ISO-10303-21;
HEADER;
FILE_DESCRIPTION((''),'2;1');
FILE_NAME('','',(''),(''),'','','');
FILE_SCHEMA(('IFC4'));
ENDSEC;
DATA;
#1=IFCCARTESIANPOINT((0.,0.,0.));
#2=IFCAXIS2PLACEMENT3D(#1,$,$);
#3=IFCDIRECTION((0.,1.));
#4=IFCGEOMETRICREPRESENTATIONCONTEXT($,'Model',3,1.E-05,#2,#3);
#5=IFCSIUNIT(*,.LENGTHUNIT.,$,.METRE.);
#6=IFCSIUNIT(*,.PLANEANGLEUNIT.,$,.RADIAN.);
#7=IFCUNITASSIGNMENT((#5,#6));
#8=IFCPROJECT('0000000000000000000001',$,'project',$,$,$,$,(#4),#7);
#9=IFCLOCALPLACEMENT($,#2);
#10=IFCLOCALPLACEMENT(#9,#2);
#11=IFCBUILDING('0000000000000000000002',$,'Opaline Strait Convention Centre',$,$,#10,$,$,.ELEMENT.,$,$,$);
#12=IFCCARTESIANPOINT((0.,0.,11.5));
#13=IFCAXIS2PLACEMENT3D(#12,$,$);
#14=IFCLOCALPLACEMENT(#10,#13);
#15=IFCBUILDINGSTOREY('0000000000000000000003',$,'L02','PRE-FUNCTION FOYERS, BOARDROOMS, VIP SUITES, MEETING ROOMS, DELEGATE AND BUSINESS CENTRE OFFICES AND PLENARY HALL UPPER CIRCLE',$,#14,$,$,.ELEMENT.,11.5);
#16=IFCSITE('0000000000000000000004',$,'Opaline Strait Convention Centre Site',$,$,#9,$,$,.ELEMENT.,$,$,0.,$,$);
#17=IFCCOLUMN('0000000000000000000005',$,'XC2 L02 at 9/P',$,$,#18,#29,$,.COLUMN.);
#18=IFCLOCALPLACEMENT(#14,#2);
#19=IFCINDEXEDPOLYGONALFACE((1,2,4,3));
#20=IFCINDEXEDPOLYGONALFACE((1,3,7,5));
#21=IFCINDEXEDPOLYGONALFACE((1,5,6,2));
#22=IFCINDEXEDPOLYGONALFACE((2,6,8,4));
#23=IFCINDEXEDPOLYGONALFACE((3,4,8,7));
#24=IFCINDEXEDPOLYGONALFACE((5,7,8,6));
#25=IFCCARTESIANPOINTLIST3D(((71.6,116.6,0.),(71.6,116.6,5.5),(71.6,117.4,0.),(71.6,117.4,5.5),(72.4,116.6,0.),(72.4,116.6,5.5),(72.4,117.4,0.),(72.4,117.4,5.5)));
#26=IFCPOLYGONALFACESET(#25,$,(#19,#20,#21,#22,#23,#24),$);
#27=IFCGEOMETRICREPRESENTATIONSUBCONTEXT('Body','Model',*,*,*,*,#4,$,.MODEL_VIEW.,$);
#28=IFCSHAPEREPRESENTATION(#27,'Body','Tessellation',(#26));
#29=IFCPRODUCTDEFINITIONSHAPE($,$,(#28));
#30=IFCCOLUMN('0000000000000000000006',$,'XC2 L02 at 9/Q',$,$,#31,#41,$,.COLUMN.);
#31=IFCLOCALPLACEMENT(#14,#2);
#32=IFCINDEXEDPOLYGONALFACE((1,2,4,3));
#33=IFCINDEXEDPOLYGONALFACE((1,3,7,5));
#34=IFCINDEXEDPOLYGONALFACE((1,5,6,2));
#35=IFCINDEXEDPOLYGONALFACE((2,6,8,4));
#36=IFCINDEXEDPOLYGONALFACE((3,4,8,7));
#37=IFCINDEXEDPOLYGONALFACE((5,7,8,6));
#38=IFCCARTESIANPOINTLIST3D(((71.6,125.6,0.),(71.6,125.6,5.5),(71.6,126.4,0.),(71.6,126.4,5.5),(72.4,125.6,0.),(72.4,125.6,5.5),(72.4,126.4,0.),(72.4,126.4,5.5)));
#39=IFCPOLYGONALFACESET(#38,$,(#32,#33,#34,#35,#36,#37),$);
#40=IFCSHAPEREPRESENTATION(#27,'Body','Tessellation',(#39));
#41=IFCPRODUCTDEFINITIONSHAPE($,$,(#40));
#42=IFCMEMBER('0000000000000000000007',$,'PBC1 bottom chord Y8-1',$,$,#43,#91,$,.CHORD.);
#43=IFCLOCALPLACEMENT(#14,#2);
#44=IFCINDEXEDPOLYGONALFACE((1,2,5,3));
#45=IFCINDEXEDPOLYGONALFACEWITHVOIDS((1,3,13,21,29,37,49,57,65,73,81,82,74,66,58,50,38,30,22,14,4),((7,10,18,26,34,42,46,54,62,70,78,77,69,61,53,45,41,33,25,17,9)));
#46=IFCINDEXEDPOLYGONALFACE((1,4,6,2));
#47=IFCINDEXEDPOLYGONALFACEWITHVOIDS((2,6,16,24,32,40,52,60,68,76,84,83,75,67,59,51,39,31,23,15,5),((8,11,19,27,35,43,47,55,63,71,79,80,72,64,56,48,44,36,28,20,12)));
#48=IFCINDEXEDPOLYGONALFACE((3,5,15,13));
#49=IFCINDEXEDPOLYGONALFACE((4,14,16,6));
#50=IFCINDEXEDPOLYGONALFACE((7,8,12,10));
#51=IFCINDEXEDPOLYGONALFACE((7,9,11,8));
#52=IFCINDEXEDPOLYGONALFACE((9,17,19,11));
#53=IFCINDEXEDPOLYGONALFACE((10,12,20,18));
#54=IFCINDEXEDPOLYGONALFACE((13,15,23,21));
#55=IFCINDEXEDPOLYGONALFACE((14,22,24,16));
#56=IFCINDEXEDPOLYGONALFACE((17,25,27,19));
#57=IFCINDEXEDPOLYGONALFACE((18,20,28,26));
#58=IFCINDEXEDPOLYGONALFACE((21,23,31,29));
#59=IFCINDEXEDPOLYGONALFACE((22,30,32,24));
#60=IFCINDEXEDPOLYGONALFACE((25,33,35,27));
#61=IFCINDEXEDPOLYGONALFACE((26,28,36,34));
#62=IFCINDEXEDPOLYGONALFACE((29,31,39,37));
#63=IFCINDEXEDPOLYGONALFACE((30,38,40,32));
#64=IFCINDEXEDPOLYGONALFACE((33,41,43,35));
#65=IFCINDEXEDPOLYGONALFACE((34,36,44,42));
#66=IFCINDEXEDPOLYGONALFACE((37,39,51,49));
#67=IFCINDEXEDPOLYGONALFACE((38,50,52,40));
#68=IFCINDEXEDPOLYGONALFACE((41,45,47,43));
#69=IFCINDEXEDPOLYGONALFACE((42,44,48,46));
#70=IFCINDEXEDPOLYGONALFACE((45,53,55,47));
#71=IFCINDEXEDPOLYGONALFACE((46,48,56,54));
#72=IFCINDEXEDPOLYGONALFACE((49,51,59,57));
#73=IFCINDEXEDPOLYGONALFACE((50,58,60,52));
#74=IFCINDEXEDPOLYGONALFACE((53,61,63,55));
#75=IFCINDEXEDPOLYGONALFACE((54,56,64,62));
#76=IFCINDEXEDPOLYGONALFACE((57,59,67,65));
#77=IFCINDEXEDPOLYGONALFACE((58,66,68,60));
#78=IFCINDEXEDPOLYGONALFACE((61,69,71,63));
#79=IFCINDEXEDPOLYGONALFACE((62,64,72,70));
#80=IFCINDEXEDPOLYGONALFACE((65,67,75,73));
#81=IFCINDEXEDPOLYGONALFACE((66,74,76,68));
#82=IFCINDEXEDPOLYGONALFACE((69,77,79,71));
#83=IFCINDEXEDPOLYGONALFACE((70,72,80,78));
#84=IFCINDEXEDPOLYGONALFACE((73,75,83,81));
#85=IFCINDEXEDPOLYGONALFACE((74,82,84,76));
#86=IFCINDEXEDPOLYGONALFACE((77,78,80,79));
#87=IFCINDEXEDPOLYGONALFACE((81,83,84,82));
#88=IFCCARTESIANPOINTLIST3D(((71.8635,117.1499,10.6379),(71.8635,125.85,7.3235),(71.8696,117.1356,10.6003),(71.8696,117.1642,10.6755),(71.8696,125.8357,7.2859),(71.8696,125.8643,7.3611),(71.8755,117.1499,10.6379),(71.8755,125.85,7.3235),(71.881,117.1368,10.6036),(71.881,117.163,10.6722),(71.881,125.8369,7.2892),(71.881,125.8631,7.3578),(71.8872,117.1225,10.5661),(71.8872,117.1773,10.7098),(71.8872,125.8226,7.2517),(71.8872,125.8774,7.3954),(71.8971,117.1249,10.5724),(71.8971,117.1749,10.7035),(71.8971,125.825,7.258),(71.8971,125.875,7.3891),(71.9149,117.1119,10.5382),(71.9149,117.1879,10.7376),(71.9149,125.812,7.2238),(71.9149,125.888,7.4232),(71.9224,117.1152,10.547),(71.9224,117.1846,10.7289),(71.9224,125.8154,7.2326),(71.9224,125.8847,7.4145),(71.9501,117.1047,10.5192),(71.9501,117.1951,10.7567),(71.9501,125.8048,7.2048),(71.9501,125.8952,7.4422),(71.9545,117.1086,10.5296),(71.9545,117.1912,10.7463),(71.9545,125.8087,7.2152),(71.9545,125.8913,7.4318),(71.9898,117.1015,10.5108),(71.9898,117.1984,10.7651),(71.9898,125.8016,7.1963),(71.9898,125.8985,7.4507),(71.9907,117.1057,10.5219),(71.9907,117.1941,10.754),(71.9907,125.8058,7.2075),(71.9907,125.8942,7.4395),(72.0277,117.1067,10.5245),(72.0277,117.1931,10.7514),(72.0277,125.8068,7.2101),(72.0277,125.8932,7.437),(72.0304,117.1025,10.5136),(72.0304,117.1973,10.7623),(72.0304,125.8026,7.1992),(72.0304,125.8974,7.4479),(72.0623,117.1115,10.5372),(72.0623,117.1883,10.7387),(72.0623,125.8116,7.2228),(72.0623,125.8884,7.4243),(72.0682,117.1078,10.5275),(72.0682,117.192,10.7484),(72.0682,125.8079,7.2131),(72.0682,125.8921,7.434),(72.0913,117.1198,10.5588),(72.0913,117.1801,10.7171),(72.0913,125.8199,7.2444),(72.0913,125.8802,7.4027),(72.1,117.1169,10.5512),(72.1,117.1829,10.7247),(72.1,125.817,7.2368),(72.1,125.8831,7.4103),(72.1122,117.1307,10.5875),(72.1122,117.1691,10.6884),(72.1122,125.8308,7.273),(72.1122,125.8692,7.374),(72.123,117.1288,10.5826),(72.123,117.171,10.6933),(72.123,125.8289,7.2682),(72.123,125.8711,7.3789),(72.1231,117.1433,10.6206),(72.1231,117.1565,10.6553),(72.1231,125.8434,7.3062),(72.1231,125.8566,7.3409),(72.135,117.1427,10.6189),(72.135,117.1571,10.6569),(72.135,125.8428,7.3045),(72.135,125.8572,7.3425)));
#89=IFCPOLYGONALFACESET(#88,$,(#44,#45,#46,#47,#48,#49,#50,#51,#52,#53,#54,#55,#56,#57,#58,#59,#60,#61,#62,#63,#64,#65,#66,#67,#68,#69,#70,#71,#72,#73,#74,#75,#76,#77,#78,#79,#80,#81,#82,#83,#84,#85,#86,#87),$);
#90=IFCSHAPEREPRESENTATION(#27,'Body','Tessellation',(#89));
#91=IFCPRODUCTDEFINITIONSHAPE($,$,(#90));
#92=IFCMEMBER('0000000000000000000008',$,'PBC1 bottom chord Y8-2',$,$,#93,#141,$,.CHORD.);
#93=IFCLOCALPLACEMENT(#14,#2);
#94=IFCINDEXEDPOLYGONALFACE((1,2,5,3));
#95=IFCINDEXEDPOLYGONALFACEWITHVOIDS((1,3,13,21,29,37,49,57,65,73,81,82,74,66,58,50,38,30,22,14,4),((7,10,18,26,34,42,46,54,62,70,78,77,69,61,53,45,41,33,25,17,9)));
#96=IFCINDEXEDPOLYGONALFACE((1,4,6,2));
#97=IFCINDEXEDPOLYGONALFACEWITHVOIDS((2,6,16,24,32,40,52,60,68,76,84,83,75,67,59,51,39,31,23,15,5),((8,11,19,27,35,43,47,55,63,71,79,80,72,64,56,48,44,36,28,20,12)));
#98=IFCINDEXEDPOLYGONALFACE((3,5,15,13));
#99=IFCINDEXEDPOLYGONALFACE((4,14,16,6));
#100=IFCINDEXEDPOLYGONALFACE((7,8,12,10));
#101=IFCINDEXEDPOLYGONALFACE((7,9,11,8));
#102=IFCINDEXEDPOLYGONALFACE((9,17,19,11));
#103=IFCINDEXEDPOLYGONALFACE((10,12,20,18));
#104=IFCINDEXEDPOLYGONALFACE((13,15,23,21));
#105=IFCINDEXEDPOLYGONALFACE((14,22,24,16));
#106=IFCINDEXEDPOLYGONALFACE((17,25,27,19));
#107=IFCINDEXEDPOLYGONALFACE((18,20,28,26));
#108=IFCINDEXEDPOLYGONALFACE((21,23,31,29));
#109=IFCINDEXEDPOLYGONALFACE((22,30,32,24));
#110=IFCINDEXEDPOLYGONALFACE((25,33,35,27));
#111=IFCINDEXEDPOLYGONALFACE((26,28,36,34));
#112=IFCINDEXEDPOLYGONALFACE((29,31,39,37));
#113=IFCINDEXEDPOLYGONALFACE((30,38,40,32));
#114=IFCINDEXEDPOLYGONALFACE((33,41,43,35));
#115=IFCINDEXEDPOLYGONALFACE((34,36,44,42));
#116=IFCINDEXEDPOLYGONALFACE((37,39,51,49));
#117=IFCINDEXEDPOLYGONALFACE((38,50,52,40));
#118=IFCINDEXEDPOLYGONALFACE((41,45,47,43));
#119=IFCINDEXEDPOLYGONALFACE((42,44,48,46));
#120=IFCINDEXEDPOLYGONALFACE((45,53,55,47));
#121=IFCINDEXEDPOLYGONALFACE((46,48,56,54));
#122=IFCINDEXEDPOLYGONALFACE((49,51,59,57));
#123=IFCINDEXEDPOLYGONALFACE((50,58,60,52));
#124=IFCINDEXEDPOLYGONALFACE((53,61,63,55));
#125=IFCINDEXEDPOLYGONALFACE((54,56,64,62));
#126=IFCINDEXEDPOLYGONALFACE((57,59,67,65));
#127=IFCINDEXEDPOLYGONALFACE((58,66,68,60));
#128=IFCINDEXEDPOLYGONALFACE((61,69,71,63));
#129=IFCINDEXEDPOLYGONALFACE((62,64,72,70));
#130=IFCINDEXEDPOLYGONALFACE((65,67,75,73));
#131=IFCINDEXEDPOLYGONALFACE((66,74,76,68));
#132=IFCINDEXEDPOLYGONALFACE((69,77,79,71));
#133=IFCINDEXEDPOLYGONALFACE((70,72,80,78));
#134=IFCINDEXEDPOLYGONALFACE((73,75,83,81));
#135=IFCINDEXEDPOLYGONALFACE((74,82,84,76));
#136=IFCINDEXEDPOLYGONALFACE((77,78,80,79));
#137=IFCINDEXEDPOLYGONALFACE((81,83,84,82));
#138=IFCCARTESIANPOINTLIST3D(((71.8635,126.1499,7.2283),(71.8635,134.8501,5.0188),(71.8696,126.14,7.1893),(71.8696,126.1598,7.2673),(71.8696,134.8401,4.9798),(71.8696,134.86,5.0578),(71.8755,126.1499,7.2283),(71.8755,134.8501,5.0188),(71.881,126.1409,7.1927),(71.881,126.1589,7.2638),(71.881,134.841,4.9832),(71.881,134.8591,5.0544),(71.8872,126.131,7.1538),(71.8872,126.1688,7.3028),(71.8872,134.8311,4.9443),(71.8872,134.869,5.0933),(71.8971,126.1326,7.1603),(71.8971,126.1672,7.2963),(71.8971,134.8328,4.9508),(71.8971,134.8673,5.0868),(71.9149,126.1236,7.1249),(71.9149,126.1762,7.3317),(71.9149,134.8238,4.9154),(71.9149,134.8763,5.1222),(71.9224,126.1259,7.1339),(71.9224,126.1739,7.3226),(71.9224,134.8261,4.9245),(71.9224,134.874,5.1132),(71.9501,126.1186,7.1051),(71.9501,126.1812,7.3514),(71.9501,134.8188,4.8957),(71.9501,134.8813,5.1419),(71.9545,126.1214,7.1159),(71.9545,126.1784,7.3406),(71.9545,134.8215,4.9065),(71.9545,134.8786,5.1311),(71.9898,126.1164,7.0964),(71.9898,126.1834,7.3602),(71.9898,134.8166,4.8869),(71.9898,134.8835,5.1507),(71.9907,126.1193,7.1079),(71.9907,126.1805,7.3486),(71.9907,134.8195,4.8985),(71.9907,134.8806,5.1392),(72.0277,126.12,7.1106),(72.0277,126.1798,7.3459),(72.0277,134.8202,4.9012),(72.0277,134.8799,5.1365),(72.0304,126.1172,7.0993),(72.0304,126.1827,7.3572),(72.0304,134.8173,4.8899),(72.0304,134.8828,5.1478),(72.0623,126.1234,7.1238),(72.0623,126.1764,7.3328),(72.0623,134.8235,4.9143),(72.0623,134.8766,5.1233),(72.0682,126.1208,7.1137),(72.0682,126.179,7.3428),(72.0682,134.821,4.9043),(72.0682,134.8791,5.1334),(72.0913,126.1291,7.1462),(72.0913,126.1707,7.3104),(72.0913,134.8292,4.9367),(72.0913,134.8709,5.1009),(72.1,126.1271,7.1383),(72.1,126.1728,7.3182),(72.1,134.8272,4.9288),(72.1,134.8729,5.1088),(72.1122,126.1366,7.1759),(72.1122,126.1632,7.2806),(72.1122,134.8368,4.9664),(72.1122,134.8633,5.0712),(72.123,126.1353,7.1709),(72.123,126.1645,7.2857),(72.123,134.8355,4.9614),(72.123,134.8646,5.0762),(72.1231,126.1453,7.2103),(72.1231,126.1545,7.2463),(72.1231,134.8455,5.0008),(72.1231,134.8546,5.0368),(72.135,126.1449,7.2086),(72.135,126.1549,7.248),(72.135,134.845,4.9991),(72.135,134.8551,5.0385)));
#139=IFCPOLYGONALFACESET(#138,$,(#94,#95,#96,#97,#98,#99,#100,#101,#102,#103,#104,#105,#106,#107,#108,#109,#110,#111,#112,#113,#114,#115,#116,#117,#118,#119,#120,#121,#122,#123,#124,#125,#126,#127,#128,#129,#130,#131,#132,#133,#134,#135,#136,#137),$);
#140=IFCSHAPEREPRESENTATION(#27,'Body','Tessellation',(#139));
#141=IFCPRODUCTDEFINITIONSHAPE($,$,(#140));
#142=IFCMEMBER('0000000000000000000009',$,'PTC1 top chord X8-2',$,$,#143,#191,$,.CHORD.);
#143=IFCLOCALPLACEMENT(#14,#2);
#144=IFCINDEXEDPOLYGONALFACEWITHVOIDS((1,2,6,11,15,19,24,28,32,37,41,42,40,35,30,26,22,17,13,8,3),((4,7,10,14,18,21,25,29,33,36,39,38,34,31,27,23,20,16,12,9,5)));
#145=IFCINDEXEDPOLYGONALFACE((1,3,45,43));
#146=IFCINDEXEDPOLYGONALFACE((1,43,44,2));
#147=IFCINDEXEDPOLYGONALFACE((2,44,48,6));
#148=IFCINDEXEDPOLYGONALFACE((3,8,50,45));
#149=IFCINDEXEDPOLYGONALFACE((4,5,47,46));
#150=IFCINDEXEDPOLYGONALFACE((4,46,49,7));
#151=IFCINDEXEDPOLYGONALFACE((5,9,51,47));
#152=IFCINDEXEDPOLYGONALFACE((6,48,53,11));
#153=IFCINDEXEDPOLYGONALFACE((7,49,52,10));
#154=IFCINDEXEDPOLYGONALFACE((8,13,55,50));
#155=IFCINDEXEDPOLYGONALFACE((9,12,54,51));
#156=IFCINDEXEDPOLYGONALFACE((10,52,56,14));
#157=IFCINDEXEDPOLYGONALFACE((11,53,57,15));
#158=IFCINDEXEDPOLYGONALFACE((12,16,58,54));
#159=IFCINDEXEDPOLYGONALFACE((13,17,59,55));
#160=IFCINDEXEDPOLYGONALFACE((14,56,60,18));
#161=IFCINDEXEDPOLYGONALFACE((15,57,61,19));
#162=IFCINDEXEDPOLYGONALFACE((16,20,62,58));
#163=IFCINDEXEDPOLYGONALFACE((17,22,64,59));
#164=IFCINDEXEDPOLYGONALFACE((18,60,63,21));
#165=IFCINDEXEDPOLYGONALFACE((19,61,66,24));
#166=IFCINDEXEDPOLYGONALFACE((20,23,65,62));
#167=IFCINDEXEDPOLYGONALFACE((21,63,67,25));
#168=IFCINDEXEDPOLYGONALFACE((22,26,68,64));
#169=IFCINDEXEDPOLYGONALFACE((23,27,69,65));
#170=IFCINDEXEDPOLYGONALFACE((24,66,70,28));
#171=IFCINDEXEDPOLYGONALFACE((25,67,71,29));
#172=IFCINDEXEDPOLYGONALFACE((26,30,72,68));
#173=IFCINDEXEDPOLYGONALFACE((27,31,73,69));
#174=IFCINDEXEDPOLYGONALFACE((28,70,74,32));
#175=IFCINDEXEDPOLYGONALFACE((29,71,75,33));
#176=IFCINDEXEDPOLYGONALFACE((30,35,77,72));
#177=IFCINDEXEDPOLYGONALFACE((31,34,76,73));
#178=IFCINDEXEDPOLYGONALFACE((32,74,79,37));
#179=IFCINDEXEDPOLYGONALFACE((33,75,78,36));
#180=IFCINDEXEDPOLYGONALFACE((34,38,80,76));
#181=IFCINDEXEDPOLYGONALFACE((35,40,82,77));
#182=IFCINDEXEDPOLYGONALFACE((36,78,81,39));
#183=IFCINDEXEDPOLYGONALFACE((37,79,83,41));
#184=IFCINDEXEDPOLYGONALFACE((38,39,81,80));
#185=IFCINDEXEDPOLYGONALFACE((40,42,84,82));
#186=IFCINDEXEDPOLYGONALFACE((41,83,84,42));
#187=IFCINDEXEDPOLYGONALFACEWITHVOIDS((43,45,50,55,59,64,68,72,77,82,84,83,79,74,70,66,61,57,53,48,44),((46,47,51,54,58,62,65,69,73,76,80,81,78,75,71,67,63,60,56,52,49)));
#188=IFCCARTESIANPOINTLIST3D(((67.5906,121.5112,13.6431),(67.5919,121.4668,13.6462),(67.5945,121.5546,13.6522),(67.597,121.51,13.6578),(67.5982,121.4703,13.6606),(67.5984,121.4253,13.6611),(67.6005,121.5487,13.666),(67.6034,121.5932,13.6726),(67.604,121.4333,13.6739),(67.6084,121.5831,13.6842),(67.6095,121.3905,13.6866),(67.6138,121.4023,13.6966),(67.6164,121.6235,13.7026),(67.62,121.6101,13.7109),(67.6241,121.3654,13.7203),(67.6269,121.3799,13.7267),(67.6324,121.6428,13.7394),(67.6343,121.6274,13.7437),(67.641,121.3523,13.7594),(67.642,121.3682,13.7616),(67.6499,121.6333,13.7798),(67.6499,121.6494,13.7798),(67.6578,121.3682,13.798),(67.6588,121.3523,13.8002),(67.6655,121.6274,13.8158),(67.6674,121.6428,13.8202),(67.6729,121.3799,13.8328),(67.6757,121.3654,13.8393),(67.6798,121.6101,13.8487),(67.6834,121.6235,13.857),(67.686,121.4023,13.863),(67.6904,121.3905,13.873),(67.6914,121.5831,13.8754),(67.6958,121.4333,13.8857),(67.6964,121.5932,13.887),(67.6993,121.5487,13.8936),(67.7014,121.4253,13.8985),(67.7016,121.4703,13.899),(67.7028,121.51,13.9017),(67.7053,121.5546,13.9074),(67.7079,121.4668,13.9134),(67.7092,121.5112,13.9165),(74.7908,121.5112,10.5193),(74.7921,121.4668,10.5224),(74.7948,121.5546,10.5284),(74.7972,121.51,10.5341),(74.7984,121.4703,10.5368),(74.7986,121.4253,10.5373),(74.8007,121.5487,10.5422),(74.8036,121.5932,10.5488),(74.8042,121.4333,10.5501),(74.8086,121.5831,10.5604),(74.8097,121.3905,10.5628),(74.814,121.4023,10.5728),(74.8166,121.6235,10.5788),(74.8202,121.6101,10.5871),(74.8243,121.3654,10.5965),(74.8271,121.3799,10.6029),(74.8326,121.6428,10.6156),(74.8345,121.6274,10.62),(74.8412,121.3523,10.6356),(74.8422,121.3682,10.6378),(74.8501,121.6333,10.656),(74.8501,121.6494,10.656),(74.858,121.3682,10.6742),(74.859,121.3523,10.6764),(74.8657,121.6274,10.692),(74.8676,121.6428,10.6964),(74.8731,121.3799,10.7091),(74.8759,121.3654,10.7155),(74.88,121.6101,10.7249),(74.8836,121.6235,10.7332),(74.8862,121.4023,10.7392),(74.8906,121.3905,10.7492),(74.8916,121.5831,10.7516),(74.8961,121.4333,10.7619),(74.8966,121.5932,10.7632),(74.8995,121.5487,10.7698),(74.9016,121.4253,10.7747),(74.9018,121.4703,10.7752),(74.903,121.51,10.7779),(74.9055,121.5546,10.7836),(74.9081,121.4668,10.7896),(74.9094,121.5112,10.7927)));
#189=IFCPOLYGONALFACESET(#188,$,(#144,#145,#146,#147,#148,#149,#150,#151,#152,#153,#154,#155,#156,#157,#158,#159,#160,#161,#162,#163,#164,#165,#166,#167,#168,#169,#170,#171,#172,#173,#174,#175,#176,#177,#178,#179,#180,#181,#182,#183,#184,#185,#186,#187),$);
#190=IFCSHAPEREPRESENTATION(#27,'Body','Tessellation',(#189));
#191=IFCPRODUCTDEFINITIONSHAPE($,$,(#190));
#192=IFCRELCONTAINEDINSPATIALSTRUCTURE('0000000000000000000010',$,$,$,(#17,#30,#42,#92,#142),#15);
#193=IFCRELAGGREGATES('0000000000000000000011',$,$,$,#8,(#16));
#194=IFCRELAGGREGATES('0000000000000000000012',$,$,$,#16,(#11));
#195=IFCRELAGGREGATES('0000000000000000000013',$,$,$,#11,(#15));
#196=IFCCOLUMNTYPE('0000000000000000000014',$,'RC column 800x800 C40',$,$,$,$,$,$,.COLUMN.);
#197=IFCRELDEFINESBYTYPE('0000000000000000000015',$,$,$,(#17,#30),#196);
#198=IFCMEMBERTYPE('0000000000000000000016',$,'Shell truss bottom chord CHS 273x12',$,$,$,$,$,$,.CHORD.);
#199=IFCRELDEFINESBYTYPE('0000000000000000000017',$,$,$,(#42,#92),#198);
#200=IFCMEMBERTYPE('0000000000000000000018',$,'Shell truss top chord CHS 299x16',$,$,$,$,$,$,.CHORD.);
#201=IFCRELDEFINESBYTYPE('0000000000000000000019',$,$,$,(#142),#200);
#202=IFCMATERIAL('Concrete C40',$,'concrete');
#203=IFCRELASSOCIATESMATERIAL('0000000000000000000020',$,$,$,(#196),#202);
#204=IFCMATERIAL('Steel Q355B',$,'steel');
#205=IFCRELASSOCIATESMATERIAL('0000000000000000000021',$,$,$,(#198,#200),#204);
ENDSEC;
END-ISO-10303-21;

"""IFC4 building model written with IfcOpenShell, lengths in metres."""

from ifc_helpers import new_model, si_unit, direction, frame, origin, origin_2d, place, context, subcontext, project, spatial, rectangle, hollow_circle, extrude, material, material_profile, profile_set, type_object, element, save


model = new_model("IFC4")

# Units and contexts
model_context = context("Model", 3, precision=1e-05, world=origin(), true_north=direction((0.0, 1.0)))
body_context = subcontext(model_context, "Body", "Model", "MODEL_VIEW")
ifc_project = project(units=[si_unit("LENGTHUNIT", "METRE"), si_unit("PLANEANGLEUNIT", "RADIAN")], contexts=[model_context])

# Site, building, storey
site_placement = place(None, origin())
site = spatial("IfcSite", under=ifc_project, at=site_placement, Name="Opaline Strait Convention Centre Site", CompositionType="ELEMENT", RefElevation=0.0)
building_placement = place(site_placement, origin())
building = spatial("IfcBuilding", under=site, at=building_placement, Name="Opaline Strait Convention Centre", CompositionType="ELEMENT")
storey_placement = place(building_placement, frame((0.0, 0.0, 11.5)))
storey = spatial("IfcBuildingStorey", under=building, at=storey_placement, Name="L02", Description="PRE-FUNCTION FOYERS, BOARDROOMS, VIP SUITES, MEETING ROOMS, DELEGATE AND BUSINESS CENTRE OFFICES AND PLENARY HALL UPPER CIRCLE", CompositionType="ELEMENT", Elevation=11.5)

# Columns
ifc_material_1 = material(Name="Concrete C40", Category="concrete")
ifc_material_profile_1 = material_profile(ifc_material_1, rectangle(XDim=0.8, YDim=0.8, at=origin_2d()), Name="RC 800x800")
ifc_profile_set_1 = profile_set([ifc_material_profile_1], Name="Concrete C40")
column_type = type_object("IfcColumnType", Name="RC column 800x800 C40", PredefinedType="COLUMN", material=ifc_profile_set_1)
for number, where, z_axis, x_axis, name in (
    (1, (72.0, 117.0, 0.0), (0.0, 0.0, 1.0), (1.0, 0.0, 0.0), "XC2 L02 at 9/P"),
    (2, (72.0, 126.0, 0.0), (0.0, 0.0, 1.0), (1.0, 0.0, 0.0), "XC2 L02 at 9/Q"),
):
    element("IfcColumn", number, at=place(storey_placement, frame(where, z_axis=z_axis, x_axis=x_axis)), inside=storey, type_object=column_type, Name=name, PredefinedType="COLUMN", context=body_context, shape_type="SweptSolid", body=[
        extrude(rectangle(XDim=0.8, YDim=0.8, at=origin_2d()), origin(), (0.0, 0.0, 1.0), 5.5),
    ])

# Members
ifc_material_2 = material(Name="Steel Q355B", Category="steel")
ifc_material_profile_2 = material_profile(ifc_material_2, hollow_circle(Radius=0.1365, WallThickness=0.012, at=origin_2d()), Name="CHS 273x12")
ifc_profile_set_2 = profile_set([ifc_material_profile_2], Name="Steel Q355B")
member_type_1 = type_object("IfcMemberType", Name="Shell truss bottom chord CHS 273x12", PredefinedType="CHORD", material=ifc_profile_set_2)
member_1_placement = place(storey_placement, frame((72.0, 117.1499, 10.6379), z_axis=(0.0, 0.934484, -0.356004), x_axis=(-1.0, 0.0, 0.0)))
element("IfcMember", 3, at=member_1_placement, inside=storey, type_object=member_type_1, Name="PBC1 bottom chord Y8-1", PredefinedType="CHORD", context=body_context, shape_type="SweptSolid", body=[
    extrude(hollow_circle(Radius=0.1365, WallThickness=0.012, at=origin_2d()), origin(), (0.0, 0.0, 1.0), 9.3101),
])
member_2_placement = place(storey_placement, frame((72.0, 126.1499, 7.2283), z_axis=(0.0, 0.969233, -0.246143), x_axis=(-1.0, 0.0, 0.0)))
element("IfcMember", 4, at=member_2_placement, inside=storey, type_object=member_type_1, Name="PBC1 bottom chord Y8-2", PredefinedType="CHORD", context=body_context, shape_type="SweptSolid", body=[
    extrude(hollow_circle(Radius=0.1365, WallThickness=0.012, at=origin_2d()), origin(), (0.0, 0.0, 1.0), 8.9763),
])
ifc_material_profile_3 = material_profile(ifc_material_2, hollow_circle(Radius=0.1494, WallThickness=0.0161, at=origin_2d()), Name="CHS 299x16")
ifc_profile_set_3 = profile_set([ifc_material_profile_3], Name="Steel Q355B")
member_type_2 = type_object("IfcMemberType", Name="Shell truss top chord CHS 299x16", PredefinedType="CHORD", material=ifc_profile_set_3)
member_3_placement = place(storey_placement, frame((67.6499, 121.5, 13.7798), z_axis=(0.917384, 0.0, -0.398004), x_axis=(0.0, 1.0, 0.0)))
element("IfcMember", 5, at=member_3_placement, inside=storey, type_object=member_type_2, Name="PTC1 top chord X8-2", PredefinedType="CHORD", context=body_context, shape_type="SweptSolid", body=[
    extrude(hollow_circle(Radius=0.1494, WallThickness=0.0161, at=origin_2d()), origin(), (0.0, 0.0, 1.0), 7.8486),
])

save(model, "model.ifc")
